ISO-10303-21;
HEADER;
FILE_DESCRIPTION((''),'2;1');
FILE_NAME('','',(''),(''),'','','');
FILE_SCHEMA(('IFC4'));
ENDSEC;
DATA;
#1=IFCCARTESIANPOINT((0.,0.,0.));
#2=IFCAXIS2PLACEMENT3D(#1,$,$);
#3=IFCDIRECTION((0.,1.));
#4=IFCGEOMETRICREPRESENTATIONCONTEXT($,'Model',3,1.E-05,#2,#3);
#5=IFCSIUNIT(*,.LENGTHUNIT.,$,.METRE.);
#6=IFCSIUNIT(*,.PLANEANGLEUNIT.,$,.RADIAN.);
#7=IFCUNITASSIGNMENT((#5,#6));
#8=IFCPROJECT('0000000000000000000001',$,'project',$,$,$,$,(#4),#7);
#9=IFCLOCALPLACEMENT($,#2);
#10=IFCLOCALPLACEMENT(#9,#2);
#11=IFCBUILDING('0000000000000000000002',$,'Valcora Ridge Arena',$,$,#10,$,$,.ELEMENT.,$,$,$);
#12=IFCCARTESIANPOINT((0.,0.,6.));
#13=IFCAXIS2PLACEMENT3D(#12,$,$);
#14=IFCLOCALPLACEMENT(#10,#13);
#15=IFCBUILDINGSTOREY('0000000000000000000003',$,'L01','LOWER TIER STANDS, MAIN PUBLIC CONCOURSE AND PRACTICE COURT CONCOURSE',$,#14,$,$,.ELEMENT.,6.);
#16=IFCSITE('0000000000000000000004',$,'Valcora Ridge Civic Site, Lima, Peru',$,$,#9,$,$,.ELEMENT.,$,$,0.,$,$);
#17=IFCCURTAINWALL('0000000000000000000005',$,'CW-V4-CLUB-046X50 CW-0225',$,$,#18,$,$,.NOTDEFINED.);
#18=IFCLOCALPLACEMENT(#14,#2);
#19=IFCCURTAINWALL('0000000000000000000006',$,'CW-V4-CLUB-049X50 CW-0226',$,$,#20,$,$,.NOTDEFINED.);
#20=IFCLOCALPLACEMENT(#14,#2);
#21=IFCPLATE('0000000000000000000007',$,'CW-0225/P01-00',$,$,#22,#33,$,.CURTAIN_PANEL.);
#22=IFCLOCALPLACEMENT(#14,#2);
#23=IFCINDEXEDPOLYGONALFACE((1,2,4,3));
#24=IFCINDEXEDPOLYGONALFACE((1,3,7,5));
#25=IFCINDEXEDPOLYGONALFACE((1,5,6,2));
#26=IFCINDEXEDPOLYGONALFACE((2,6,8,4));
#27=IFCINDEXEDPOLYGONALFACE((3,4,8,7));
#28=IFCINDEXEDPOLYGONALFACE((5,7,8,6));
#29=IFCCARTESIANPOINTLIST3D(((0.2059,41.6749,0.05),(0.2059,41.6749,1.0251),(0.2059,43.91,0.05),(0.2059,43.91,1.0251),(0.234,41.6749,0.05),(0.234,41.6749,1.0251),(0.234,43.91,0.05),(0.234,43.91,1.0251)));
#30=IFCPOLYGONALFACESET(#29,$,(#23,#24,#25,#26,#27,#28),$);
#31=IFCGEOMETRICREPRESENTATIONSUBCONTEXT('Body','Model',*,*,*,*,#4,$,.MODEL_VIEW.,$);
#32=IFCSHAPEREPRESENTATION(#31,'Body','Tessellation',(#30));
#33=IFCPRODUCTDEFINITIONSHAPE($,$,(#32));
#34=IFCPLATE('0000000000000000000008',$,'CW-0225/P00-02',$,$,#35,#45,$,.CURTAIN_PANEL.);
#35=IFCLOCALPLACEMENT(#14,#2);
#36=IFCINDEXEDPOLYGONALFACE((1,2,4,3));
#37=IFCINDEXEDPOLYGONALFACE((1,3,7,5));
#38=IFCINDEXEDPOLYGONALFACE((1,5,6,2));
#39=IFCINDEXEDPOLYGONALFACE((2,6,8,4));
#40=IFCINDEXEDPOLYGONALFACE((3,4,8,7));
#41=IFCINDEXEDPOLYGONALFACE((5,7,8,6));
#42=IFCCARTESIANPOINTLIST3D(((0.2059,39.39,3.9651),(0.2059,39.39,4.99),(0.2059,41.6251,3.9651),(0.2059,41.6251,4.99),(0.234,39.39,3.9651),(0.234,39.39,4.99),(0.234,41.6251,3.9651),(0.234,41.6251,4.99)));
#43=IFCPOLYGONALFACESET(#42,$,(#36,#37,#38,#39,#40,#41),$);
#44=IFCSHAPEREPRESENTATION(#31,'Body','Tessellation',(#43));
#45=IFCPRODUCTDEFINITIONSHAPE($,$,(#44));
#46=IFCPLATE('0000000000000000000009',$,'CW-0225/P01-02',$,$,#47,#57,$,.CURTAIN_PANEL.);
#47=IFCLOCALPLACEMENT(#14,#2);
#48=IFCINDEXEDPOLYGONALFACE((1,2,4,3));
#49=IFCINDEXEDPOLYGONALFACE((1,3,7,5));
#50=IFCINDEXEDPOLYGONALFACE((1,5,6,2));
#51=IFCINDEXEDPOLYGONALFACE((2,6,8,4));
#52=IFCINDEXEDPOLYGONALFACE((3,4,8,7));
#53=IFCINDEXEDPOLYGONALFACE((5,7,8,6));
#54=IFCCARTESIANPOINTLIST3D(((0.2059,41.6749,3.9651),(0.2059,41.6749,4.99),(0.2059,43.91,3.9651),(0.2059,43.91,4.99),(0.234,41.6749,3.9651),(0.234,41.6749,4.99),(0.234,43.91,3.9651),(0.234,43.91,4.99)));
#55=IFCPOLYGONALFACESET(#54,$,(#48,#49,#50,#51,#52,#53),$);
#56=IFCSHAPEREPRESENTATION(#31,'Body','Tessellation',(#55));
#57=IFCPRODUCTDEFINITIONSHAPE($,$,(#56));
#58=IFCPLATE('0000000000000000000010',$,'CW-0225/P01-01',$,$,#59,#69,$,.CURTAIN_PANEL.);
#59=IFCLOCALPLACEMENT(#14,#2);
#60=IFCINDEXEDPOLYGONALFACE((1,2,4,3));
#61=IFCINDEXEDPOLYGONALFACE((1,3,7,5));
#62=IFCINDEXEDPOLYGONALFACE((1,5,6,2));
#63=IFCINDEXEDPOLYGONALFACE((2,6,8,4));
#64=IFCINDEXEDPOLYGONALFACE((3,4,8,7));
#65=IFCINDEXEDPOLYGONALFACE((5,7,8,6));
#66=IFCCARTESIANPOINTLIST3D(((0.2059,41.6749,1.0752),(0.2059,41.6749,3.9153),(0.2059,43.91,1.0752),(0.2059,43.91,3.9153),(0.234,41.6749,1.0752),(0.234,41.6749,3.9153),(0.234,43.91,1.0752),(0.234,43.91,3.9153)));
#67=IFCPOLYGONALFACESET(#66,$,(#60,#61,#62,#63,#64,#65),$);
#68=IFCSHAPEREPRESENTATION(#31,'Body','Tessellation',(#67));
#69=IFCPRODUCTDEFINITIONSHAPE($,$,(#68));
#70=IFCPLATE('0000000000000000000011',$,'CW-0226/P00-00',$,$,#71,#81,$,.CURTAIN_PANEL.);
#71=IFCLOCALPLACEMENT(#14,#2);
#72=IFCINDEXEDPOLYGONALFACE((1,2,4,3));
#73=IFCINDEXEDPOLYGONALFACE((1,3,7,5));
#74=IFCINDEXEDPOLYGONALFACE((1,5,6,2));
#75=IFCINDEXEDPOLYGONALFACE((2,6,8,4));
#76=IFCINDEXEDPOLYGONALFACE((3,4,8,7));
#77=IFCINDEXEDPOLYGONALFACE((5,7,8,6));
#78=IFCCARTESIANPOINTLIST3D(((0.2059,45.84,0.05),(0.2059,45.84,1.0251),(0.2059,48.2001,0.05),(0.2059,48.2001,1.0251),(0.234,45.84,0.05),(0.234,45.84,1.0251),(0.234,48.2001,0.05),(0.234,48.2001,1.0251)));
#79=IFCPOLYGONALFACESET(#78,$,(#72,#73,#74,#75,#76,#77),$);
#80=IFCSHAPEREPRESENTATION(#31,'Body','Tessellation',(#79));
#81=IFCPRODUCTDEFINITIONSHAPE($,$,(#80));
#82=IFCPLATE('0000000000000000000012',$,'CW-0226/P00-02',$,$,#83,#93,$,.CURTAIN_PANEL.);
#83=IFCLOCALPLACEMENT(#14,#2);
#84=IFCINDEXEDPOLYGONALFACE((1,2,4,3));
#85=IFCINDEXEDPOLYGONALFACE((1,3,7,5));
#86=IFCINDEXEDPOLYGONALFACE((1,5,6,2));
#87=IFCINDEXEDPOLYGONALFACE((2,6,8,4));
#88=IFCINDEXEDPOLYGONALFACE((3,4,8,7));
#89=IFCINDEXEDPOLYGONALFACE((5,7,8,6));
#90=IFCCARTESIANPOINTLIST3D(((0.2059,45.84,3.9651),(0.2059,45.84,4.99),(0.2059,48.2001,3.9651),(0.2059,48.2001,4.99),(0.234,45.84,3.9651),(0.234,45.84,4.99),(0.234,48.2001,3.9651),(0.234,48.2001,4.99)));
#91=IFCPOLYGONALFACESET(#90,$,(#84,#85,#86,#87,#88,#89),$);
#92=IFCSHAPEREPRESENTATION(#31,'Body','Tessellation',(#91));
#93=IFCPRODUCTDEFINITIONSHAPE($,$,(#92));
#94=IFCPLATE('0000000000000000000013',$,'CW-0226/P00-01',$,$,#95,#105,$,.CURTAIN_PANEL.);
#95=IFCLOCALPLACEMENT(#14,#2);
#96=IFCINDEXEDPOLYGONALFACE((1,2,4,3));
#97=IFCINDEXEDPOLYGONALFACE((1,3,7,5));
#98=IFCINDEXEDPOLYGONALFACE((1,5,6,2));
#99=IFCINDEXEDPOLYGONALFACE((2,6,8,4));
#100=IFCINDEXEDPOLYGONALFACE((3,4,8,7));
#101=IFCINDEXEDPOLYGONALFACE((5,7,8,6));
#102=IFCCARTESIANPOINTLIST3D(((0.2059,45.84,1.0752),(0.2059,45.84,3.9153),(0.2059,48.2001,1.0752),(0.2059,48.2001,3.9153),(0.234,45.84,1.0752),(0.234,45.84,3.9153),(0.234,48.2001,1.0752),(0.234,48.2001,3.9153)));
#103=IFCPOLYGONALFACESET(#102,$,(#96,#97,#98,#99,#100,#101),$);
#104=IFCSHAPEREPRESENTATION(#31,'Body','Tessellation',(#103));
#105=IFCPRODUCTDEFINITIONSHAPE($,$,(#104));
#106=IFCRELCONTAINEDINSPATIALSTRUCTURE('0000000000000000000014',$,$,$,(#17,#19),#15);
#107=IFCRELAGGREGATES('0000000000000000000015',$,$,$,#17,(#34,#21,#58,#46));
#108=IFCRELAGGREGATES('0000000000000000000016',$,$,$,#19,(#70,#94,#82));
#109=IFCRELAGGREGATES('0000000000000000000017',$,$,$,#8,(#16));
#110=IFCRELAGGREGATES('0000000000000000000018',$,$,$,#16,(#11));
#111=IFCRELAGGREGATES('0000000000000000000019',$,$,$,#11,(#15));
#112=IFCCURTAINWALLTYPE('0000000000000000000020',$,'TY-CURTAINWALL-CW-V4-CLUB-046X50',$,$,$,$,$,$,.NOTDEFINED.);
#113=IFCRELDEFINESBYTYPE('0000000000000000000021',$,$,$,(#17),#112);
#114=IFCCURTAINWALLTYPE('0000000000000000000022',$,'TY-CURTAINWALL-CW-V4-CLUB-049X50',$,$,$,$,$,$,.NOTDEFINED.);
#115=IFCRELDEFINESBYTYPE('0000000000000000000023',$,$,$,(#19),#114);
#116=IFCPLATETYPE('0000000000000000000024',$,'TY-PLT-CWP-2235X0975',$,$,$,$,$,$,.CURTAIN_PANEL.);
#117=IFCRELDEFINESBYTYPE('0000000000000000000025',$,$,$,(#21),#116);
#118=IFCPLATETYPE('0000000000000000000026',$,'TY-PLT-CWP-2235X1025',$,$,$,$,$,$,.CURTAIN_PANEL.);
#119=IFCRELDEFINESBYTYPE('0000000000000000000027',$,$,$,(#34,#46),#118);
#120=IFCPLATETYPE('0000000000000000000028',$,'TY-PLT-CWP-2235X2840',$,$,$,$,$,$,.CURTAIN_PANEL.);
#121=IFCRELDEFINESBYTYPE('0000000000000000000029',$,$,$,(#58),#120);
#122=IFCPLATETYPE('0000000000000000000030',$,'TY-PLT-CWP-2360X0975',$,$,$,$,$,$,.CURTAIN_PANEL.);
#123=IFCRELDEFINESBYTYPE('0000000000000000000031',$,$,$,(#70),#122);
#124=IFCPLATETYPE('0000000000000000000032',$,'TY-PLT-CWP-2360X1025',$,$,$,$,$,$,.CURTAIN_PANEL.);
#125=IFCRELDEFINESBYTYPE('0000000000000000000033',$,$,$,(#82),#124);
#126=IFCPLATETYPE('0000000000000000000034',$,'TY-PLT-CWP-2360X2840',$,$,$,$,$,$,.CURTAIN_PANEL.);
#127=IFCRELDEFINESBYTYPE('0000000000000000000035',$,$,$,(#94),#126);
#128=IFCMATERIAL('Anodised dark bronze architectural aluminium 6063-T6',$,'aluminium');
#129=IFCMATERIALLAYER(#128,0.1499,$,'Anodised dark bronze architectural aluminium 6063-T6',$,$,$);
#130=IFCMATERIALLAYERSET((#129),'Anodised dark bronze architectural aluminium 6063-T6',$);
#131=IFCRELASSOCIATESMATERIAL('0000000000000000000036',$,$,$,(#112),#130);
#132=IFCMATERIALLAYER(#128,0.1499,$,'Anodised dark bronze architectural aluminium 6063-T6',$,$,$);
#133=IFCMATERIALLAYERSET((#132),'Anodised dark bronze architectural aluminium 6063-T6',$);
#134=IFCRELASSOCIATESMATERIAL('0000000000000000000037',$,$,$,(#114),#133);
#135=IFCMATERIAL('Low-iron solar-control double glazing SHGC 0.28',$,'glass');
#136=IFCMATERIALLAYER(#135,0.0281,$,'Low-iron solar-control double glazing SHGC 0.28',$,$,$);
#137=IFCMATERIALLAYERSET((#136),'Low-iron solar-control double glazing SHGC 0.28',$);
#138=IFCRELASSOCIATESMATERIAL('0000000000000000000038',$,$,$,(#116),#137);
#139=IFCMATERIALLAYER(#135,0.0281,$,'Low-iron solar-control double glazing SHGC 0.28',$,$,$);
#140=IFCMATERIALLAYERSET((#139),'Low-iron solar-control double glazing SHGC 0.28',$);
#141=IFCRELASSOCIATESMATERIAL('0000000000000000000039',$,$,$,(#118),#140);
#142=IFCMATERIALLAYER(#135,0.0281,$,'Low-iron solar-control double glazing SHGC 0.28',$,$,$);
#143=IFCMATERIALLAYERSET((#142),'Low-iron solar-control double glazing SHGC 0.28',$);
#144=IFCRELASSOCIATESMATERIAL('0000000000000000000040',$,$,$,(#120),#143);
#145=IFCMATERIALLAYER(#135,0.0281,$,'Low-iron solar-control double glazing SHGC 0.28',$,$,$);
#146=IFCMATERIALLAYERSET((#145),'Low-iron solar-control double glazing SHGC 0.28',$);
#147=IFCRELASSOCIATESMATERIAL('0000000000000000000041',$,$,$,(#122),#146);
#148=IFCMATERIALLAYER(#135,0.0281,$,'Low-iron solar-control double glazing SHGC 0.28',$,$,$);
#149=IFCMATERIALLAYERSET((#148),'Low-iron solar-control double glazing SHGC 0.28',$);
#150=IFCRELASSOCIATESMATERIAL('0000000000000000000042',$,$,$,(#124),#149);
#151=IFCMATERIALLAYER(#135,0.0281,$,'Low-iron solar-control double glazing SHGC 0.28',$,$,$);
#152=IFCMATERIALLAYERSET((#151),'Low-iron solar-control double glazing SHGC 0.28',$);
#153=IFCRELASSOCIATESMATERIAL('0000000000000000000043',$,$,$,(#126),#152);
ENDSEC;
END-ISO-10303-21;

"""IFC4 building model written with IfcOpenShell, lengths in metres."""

from ifc_helpers import new_model, si_unit, direction, frame, origin, origin_2d, place, context, subcontext, project, spatial, rectangle, extrude, material, layer, layer_set, type_object, element, aggregate, save


model = new_model("IFC4")

# Units and contexts
model_context = context("Model", 3, precision=1e-05, world=origin(), true_north=direction((0.0, 1.0)))
body_context = subcontext(model_context, "Body", "Model", "MODEL_VIEW")
ifc_project = project(units=[si_unit("LENGTHUNIT", "METRE"), si_unit("PLANEANGLEUNIT", "RADIAN")], contexts=[model_context])

# Site, building, storey
site_placement = place(None, origin())
site = spatial("IfcSite", under=ifc_project, at=site_placement, Name="Valcora Ridge Civic Site, Lima, Peru", CompositionType="ELEMENT", RefElevation=0.0)
building_placement = place(site_placement, origin())
building = spatial("IfcBuilding", under=site, at=building_placement, Name="Valcora Ridge Arena", CompositionType="ELEMENT")
storey_placement = place(building_placement, frame((0.0, 0.0, 6.0)))
storey = spatial("IfcBuildingStorey", under=building, at=storey_placement, Name="L01", Description="LOWER TIER STANDS, MAIN PUBLIC CONCOURSE AND PRACTICE COURT CONCOURSE", CompositionType="ELEMENT", Elevation=6.0)

# Curtain walls
ifc_material_1 = material(Name="Anodised dark bronze architectural aluminium 6063-T6", Category="aluminium")
ifc_layer_1 = layer(ifc_material_1, 0.1499, Name="Anodised dark bronze architectural aluminium 6063-T6")
ifc_layer_set_1 = layer_set([ifc_layer_1], Name="Anodised dark bronze architectural aluminium 6063-T6")
curtain_wall_type_1 = type_object("IfcCurtainWallType", Name="TY-CURTAINWALL-CW-V4-CLUB-046X50", PredefinedType="NOTDEFINED", material=ifc_layer_set_1)
curtain_wall_1_placement = place(storey_placement, origin())
curtain_wall_1 = element("IfcCurtainWall", 1, at=curtain_wall_1_placement, inside=storey, type_object=curtain_wall_type_1, Name="CW-V4-CLUB-046X50 CW-0225", PredefinedType="NOTDEFINED")
ifc_layer_2 = layer(ifc_material_1, 0.1499, Name="Anodised dark bronze architectural aluminium 6063-T6")
ifc_layer_set_2 = layer_set([ifc_layer_2], Name="Anodised dark bronze architectural aluminium 6063-T6")
curtain_wall_type_2 = type_object("IfcCurtainWallType", Name="TY-CURTAINWALL-CW-V4-CLUB-049X50", PredefinedType="NOTDEFINED", material=ifc_layer_set_2)
curtain_wall_2_placement = place(storey_placement, origin())
curtain_wall_2 = element("IfcCurtainWall", 2, at=curtain_wall_2_placement, inside=storey, type_object=curtain_wall_type_2, Name="CW-V4-CLUB-049X50 CW-0226", PredefinedType="NOTDEFINED")

# Plates
ifc_material_2 = material(Name="Low-iron solar-control double glazing SHGC 0.28", Category="glass")
ifc_layer_3 = layer(ifc_material_2, 0.0281, Name="Low-iron solar-control double glazing SHGC 0.28")
ifc_layer_set_3 = layer_set([ifc_layer_3], Name="Low-iron solar-control double glazing SHGC 0.28")
plate_type_1 = type_object("IfcPlateType", Name="TY-PLT-CWP-2235X0975", PredefinedType="CURTAIN_PANEL", material=ifc_layer_set_3)
plate_1_placement = place(storey_placement, frame((0.22, 42.7925, 0.05), z_axis=(0.0, 0.0, 1.0), x_axis=(0.0, 1.0, 0.0)))
plate_1 = element("IfcPlate", 3, at=plate_1_placement, type_object=plate_type_1, Name="CW-0225/P01-00", PredefinedType="CURTAIN_PANEL", context=body_context, shape_type="SweptSolid", body=[
    extrude(rectangle(XDim=2.2351, YDim=0.0281, at=origin_2d()), origin(), (0.0, 0.0, 1.0), 0.9751),
])
ifc_layer_4 = layer(ifc_material_2, 0.0281, Name="Low-iron solar-control double glazing SHGC 0.28")
ifc_layer_set_4 = layer_set([ifc_layer_4], Name="Low-iron solar-control double glazing SHGC 0.28")
plate_type_2 = type_object("IfcPlateType", Name="TY-PLT-CWP-2235X1025", PredefinedType="CURTAIN_PANEL", material=ifc_layer_set_4)
plate_2_placement = place(storey_placement, frame((0.22, 40.5076, 3.9651), z_axis=(0.0, 0.0, 1.0), x_axis=(0.0, 1.0, 0.0)))
plate_2 = element("IfcPlate", 4, at=plate_2_placement, type_object=plate_type_2, Name="CW-0225/P00-02", PredefinedType="CURTAIN_PANEL", context=body_context, shape_type="SweptSolid", body=[
    extrude(rectangle(XDim=2.2351, YDim=0.0281, at=origin_2d()), origin(), (0.0, 0.0, 1.0), 1.0249),
])
plate_3_placement = place(storey_placement, frame((0.22, 42.7925, 3.9651), z_axis=(0.0, 0.0, 1.0), x_axis=(0.0, 1.0, 0.0)))
plate_3 = element("IfcPlate", 5, at=plate_3_placement, type_object=plate_type_2, Name="CW-0225/P01-02", PredefinedType="CURTAIN_PANEL", context=body_context, shape_type="SweptSolid", body=[
    extrude(rectangle(XDim=2.2351, YDim=0.0281, at=origin_2d()), origin(), (0.0, 0.0, 1.0), 1.0249),
])
ifc_layer_5 = layer(ifc_material_2, 0.0281, Name="Low-iron solar-control double glazing SHGC 0.28")
ifc_layer_set_5 = layer_set([ifc_layer_5], Name="Low-iron solar-control double glazing SHGC 0.28")
plate_type_3 = type_object("IfcPlateType", Name="TY-PLT-CWP-2235X2840", PredefinedType="CURTAIN_PANEL", material=ifc_layer_set_5)
plate_4_placement = place(storey_placement, frame((0.22, 42.7925, 1.0752), z_axis=(0.0, 0.0, 1.0), x_axis=(0.0, 1.0, 0.0)))
plate_4 = element("IfcPlate", 6, at=plate_4_placement, type_object=plate_type_3, Name="CW-0225/P01-01", PredefinedType="CURTAIN_PANEL", context=body_context, shape_type="SweptSolid", body=[
    extrude(rectangle(XDim=2.2351, YDim=0.0281, at=origin_2d()), origin(), (0.0, 0.0, 1.0), 2.8401),
])
aggregate(curtain_wall_1, [plate_2, plate_1, plate_4, plate_3])
ifc_layer_6 = layer(ifc_material_2, 0.0281, Name="Low-iron solar-control double glazing SHGC 0.28")
ifc_layer_set_6 = layer_set([ifc_layer_6], Name="Low-iron solar-control double glazing SHGC 0.28")
plate_type_4 = type_object("IfcPlateType", Name="TY-PLT-CWP-2360X0975", PredefinedType="CURTAIN_PANEL", material=ifc_layer_set_6)
plate_5_placement = place(storey_placement, frame((0.22, 47.02, 0.05), z_axis=(0.0, 0.0, 1.0), x_axis=(0.0, 1.0, 0.0)))
plate_5 = element("IfcPlate", 7, at=plate_5_placement, type_object=plate_type_4, Name="CW-0226/P00-00", PredefinedType="CURTAIN_PANEL", context=body_context, shape_type="SweptSolid", body=[
    extrude(rectangle(XDim=2.3601, YDim=0.0281, at=origin_2d()), origin(), (0.0, 0.0, 1.0), 0.9751),
])
ifc_layer_7 = layer(ifc_material_2, 0.0281, Name="Low-iron solar-control double glazing SHGC 0.28")
ifc_layer_set_7 = layer_set([ifc_layer_7], Name="Low-iron solar-control double glazing SHGC 0.28")
plate_type_5 = type_object("IfcPlateType", Name="TY-PLT-CWP-2360X1025", PredefinedType="CURTAIN_PANEL", material=ifc_layer_set_7)
plate_6_placement = place(storey_placement, frame((0.22, 47.02, 3.9651), z_axis=(0.0, 0.0, 1.0), x_axis=(0.0, 1.0, 0.0)))
plate_6 = element("IfcPlate", 8, at=plate_6_placement, type_object=plate_type_5, Name="CW-0226/P00-02", PredefinedType="CURTAIN_PANEL", context=body_context, shape_type="SweptSolid", body=[
    extrude(rectangle(XDim=2.3601, YDim=0.0281, at=origin_2d()), origin(), (0.0, 0.0, 1.0), 1.0249),
])
ifc_layer_8 = layer(ifc_material_2, 0.0281, Name="Low-iron solar-control double glazing SHGC 0.28")
ifc_layer_set_8 = layer_set([ifc_layer_8], Name="Low-iron solar-control double glazing SHGC 0.28")
plate_type_6 = type_object("IfcPlateType", Name="TY-PLT-CWP-2360X2840", PredefinedType="CURTAIN_PANEL", material=ifc_layer_set_8)
plate_7_placement = place(storey_placement, frame((0.22, 47.02, 1.0752), z_axis=(0.0, 0.0, 1.0), x_axis=(0.0, 1.0, 0.0)))
plate_7 = element("IfcPlate", 9, at=plate_7_placement, type_object=plate_type_6, Name="CW-0226/P00-01", PredefinedType="CURTAIN_PANEL", context=body_context, shape_type="SweptSolid", body=[
    extrude(rectangle(XDim=2.3601, YDim=0.0281, at=origin_2d()), origin(), (0.0, 0.0, 1.0), 2.8401),
])
aggregate(curtain_wall_2, [plate_5, plate_7, plate_6])

save(model, "model.ifc")
